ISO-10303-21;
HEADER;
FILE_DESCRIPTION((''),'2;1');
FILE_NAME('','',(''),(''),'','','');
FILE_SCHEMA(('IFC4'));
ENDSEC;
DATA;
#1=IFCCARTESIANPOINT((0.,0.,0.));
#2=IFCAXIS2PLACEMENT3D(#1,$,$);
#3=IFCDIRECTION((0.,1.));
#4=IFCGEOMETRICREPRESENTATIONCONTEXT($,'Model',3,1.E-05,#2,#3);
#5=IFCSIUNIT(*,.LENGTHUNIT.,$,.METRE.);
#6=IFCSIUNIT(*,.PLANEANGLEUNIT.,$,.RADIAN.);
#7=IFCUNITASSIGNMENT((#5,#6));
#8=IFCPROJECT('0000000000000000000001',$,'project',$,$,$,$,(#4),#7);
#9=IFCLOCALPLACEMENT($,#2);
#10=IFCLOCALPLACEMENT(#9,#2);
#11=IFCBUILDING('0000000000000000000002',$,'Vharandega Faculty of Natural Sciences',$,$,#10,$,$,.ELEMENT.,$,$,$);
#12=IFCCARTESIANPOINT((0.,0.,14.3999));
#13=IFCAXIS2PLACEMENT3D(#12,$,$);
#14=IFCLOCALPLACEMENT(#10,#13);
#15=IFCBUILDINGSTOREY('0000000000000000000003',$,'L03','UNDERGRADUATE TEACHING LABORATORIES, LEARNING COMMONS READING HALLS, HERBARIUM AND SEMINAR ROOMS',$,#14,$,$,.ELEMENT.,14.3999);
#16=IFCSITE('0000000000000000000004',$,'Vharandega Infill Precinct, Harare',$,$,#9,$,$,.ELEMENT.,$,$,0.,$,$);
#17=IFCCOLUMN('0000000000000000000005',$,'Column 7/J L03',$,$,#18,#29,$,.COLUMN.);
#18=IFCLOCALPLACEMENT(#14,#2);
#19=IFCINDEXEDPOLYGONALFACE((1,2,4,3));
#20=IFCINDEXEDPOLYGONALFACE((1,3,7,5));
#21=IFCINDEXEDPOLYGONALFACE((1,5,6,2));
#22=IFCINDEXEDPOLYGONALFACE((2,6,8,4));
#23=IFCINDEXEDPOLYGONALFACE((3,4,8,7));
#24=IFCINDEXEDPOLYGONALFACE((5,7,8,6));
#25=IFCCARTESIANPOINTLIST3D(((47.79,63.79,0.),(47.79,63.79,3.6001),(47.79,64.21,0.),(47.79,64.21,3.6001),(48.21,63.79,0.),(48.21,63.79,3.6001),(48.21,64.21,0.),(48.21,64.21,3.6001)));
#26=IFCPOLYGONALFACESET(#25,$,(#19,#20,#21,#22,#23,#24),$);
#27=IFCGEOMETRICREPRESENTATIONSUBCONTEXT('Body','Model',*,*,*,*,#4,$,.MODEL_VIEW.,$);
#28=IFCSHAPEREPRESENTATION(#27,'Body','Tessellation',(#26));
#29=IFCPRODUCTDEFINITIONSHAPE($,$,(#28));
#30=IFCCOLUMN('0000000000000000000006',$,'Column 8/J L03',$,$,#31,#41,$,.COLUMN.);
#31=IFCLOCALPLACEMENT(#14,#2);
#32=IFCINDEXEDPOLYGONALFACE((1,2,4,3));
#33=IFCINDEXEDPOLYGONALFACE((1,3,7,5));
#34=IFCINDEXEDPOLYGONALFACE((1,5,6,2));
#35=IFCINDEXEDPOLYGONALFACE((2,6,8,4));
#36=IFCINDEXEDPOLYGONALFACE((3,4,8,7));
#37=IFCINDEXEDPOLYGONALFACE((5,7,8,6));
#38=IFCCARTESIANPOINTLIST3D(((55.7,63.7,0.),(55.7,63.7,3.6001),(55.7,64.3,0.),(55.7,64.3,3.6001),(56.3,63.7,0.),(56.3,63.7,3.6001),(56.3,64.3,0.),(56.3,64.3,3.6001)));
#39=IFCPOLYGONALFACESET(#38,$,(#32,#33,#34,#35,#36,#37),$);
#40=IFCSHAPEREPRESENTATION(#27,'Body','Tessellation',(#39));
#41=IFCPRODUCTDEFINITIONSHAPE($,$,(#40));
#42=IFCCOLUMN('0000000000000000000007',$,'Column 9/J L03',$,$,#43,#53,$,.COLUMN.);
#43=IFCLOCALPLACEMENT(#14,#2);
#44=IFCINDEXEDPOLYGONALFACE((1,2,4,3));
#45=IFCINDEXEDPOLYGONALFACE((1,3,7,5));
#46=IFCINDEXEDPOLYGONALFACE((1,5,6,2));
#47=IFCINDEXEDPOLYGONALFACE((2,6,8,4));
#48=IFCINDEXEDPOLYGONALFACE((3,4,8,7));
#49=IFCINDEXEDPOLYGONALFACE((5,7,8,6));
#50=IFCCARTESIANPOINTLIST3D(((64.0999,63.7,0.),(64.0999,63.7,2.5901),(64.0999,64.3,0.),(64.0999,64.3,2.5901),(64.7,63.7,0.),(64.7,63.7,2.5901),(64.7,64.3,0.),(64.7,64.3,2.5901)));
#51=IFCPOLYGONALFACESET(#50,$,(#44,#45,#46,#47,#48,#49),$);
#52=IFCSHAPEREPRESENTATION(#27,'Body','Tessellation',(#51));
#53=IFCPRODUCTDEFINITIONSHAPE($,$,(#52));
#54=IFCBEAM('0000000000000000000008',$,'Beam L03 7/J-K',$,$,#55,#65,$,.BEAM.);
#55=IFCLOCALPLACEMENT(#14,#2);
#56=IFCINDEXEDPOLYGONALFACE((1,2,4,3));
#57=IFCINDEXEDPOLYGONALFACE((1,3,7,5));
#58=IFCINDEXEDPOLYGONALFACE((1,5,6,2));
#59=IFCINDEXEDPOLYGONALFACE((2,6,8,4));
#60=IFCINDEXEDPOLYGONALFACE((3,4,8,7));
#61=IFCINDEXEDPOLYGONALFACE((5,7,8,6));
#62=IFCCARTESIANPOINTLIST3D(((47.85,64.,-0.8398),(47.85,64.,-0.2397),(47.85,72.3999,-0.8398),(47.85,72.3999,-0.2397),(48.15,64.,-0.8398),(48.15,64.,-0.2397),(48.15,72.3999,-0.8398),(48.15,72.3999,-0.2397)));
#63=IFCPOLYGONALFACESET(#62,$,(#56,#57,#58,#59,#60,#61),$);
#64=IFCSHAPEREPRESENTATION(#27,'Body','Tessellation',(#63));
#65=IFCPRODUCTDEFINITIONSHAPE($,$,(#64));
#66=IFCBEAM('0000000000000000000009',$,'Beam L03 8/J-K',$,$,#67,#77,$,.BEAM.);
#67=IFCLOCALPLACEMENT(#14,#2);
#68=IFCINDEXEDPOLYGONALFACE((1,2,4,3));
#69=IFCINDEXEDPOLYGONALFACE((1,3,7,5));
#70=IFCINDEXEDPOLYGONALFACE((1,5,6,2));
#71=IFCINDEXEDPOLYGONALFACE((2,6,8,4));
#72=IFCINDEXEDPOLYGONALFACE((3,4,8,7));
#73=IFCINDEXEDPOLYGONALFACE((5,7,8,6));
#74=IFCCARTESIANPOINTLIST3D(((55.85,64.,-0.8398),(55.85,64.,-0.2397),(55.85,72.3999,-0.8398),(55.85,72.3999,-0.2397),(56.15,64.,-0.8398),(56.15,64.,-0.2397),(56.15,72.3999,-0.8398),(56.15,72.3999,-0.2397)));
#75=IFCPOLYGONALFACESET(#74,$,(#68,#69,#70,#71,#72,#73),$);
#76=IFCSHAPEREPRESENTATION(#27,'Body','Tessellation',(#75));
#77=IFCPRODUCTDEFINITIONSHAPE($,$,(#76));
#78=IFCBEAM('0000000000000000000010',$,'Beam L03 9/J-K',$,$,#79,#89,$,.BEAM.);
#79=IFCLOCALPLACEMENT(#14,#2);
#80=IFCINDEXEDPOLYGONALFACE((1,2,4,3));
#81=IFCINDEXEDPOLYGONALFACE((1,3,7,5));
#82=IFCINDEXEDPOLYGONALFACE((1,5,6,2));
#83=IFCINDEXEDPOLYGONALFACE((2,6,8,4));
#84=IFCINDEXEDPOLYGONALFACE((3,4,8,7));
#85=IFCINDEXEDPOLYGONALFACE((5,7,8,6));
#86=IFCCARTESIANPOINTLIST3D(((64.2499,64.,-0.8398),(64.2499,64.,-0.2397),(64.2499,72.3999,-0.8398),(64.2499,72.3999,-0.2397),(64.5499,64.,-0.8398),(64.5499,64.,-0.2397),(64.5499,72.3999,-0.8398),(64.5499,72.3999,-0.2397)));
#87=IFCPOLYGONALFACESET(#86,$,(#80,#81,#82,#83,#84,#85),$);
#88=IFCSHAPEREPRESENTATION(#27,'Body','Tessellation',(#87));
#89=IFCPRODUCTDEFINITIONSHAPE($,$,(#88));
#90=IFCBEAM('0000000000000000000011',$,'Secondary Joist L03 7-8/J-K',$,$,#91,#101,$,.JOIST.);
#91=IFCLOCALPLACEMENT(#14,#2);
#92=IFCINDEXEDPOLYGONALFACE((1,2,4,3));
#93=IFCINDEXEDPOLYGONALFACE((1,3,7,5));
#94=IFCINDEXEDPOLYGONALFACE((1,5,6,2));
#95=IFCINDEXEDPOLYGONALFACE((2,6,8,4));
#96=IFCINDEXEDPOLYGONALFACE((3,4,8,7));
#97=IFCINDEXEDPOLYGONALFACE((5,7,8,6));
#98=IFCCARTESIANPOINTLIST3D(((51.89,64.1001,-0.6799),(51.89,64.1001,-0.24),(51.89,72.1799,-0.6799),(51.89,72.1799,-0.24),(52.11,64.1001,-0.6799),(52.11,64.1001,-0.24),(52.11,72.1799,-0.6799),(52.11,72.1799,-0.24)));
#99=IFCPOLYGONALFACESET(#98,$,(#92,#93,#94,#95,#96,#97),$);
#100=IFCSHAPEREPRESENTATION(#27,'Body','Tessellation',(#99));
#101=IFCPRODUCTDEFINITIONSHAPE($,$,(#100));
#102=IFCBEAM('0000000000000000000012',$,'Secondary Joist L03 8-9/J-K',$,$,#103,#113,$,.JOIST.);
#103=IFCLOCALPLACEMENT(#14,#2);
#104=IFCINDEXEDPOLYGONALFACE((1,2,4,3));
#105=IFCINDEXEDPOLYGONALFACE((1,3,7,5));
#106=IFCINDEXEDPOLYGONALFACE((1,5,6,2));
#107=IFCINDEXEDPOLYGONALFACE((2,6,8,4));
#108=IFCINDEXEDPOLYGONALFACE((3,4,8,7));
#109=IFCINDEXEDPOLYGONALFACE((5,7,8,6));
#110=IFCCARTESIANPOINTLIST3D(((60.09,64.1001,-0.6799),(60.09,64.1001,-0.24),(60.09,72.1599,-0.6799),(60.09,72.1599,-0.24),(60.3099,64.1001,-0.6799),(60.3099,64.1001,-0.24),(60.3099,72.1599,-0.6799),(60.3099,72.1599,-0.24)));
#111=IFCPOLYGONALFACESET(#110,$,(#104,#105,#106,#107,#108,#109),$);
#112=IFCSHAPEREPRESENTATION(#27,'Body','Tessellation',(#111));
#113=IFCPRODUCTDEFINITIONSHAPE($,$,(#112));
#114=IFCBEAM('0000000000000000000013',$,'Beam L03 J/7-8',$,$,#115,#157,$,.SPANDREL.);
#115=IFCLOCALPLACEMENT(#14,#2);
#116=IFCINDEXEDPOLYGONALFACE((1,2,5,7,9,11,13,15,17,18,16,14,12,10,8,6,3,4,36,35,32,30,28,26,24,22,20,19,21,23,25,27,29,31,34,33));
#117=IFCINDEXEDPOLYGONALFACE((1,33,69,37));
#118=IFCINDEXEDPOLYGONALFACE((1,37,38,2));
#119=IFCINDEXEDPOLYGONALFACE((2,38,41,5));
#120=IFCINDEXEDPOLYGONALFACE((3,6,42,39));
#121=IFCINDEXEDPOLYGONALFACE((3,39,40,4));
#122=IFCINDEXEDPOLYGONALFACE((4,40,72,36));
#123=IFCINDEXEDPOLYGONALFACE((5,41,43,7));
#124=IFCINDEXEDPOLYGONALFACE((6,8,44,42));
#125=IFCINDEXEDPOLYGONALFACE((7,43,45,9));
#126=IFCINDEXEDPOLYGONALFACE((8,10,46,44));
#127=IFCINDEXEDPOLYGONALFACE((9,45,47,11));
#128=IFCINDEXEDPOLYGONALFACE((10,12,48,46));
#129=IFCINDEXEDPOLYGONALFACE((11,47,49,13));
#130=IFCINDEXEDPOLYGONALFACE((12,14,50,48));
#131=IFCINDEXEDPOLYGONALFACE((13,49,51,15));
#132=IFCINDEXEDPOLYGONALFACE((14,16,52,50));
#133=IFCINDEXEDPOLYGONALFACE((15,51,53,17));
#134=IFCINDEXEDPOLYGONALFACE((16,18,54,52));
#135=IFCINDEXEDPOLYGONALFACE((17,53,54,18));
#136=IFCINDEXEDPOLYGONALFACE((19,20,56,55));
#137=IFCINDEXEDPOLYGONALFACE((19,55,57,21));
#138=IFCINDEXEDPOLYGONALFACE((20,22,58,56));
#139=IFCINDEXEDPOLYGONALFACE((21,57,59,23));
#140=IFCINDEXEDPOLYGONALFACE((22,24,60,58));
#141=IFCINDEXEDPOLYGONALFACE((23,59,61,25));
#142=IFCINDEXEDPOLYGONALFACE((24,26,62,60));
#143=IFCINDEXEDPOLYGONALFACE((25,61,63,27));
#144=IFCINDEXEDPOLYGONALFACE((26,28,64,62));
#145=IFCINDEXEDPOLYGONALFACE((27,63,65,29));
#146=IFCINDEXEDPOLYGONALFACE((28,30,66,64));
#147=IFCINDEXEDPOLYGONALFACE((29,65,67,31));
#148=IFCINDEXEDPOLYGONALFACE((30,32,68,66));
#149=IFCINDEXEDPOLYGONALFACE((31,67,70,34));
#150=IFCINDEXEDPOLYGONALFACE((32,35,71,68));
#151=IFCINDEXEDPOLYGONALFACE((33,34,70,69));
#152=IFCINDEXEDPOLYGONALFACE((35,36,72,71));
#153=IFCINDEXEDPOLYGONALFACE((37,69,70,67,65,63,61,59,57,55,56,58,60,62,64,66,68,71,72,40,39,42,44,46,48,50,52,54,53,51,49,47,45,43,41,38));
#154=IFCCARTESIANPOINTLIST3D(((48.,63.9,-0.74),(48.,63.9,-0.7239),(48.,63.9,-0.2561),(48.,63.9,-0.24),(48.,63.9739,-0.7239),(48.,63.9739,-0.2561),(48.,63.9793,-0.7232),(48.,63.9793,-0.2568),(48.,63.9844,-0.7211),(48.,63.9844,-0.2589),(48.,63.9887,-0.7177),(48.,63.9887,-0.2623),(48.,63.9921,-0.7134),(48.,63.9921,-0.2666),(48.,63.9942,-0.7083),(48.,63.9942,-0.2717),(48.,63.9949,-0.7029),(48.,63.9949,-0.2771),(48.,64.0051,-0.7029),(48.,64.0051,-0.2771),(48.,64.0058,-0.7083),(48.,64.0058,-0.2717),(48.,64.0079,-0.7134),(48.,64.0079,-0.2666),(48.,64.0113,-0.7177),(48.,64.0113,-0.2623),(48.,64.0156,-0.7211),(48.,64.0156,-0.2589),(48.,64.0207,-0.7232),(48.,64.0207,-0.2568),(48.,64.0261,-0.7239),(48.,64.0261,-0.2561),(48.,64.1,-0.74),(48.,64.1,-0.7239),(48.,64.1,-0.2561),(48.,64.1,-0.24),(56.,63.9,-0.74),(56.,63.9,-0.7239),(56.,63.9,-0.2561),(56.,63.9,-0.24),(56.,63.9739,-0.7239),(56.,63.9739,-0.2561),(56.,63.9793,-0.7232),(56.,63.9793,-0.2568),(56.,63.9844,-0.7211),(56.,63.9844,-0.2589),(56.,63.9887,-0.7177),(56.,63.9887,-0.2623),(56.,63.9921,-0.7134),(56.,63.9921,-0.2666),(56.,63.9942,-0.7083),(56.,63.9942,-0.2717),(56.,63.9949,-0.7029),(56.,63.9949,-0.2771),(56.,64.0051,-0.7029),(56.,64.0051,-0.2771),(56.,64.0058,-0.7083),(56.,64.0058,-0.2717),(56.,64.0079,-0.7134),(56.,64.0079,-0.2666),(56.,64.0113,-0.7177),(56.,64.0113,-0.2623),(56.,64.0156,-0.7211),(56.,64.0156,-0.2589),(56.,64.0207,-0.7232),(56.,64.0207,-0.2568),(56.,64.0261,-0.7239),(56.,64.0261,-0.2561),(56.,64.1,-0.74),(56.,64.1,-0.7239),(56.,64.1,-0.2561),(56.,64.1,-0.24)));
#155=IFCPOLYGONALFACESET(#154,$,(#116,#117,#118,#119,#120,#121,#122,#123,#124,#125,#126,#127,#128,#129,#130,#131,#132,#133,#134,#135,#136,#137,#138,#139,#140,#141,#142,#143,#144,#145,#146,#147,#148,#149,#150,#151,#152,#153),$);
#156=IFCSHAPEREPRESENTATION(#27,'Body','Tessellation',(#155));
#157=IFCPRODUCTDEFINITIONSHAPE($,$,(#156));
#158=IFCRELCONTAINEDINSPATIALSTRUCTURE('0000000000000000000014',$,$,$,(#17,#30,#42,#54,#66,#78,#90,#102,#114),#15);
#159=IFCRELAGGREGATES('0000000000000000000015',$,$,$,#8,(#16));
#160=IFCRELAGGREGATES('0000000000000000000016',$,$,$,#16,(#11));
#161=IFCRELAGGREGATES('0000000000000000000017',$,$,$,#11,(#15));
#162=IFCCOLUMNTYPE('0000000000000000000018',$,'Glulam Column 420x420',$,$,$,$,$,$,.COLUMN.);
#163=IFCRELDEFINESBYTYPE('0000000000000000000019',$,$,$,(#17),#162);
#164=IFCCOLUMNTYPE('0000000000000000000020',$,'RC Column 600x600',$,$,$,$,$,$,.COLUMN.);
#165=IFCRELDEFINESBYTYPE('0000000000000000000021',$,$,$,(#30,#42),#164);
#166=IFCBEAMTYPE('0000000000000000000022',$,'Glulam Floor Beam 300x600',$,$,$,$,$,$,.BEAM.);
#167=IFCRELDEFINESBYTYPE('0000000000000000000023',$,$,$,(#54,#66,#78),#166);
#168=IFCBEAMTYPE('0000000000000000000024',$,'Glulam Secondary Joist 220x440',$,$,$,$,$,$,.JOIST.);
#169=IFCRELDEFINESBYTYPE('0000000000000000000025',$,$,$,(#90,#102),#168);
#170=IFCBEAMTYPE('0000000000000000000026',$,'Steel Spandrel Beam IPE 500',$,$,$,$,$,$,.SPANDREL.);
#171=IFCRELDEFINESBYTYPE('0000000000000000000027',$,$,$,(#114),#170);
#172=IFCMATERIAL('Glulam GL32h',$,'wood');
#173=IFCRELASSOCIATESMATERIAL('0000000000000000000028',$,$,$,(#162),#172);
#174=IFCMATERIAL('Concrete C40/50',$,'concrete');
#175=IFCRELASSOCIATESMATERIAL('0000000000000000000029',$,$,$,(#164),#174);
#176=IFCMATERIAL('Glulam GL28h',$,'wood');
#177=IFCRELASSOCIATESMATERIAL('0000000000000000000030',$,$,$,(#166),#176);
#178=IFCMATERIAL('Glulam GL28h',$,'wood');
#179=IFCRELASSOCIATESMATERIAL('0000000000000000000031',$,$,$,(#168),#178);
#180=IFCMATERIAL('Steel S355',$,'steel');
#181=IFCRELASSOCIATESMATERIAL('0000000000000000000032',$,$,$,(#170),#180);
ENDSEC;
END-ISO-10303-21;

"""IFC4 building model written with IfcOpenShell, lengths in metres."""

from ifc_helpers import new_model, si_unit, direction, frame, origin, origin_2d, place, context, subcontext, project, spatial, rectangle, i_section, extrude, material, material_profile, profile_set, type_object, element, save


model = new_model("IFC4")

# Units and contexts
model_context = context("Model", 3, precision=1e-05, world=origin(), true_north=direction((0.0, 1.0)))
body_context = subcontext(model_context, "Body", "Model", "MODEL_VIEW")
ifc_project = project(units=[si_unit("LENGTHUNIT", "METRE"), si_unit("PLANEANGLEUNIT", "RADIAN")], contexts=[model_context])

# Site, building, storey
site_placement = place(None, origin())
site = spatial("IfcSite", under=ifc_project, at=site_placement, Name="Vharandega Infill Precinct, Harare", CompositionType="ELEMENT", RefElevation=0.0)
building_placement = place(site_placement, origin())
building = spatial("IfcBuilding", under=site, at=building_placement, Name="Vharandega Faculty of Natural Sciences", CompositionType="ELEMENT")
storey_placement = place(building_placement, frame((0.0, 0.0, 14.3999)))
storey = spatial("IfcBuildingStorey", under=building, at=storey_placement, Name="L03", Description="UNDERGRADUATE TEACHING LABORATORIES, LEARNING COMMONS READING HALLS, HERBARIUM AND SEMINAR ROOMS", CompositionType="ELEMENT", Elevation=14.3999)

# Columns
ifc_material_1 = material(Name="Glulam GL32h", Category="wood")
ifc_material_profile_1 = material_profile(ifc_material_1, rectangle(XDim=0.4199, YDim=0.4199, at=origin_2d()), Name="GL32h 420x420")
ifc_profile_set_1 = profile_set([ifc_material_profile_1], Name="Glulam GL32h")
column_type_1 = type_object("IfcColumnType", Name="Glulam Column 420x420", PredefinedType="COLUMN", material=ifc_profile_set_1)
column_1_placement = place(storey_placement, frame((48.0, 64.0, 0.0), z_axis=(0.0, 0.0, 1.0), x_axis=(1.0, 0.0, 0.0)))
element("IfcColumn", 1, at=column_1_placement, inside=storey, type_object=column_type_1, Name="Column 7/J L03", PredefinedType="COLUMN", context=body_context, shape_type="SweptSolid", body=[
    extrude(rectangle(XDim=0.4199, YDim=0.4199, at=origin_2d()), origin(), (0.0, 0.0, 1.0), 3.6001),
])
ifc_material_2 = material(Name="Concrete C40/50", Category="concrete")
ifc_material_profile_2 = material_profile(ifc_material_2, rectangle(XDim=0.6001, YDim=0.6001, at=origin_2d()), Name="RC 600x600")
ifc_profile_set_2 = profile_set([ifc_material_profile_2], Name="Concrete C40/50")
column_type_2 = type_object("IfcColumnType", Name="RC Column 600x600", PredefinedType="COLUMN", material=ifc_profile_set_2)
column_2_placement = place(storey_placement, frame((56.0, 64.0, 0.0), z_axis=(0.0, 0.0, 1.0), x_axis=(1.0, 0.0, 0.0)))
element("IfcColumn", 2, at=column_2_placement, inside=storey, type_object=column_type_2, Name="Column 8/J L03", PredefinedType="COLUMN", context=body_context, shape_type="SweptSolid", body=[
    extrude(rectangle(XDim=0.6001, YDim=0.6001, at=origin_2d()), origin(), (0.0, 0.0, 1.0), 3.6001),
])
column_3_placement = place(storey_placement, frame((64.3999, 64.0, 0.0), z_axis=(0.0, 0.0, 1.0), x_axis=(1.0, 0.0, 0.0)))
element("IfcColumn", 3, at=column_3_placement, inside=storey, type_object=column_type_2, Name="Column 9/J L03", PredefinedType="COLUMN", context=body_context, shape_type="SweptSolid", body=[
    extrude(rectangle(XDim=0.6001, YDim=0.6001, at=origin_2d()), origin(), (0.0, 0.0, 1.0), 2.5901),
])

# Beams
ifc_material_3 = material(Name="Glulam GL28h", Category="wood")
ifc_material_profile_3 = material_profile(ifc_material_3, rectangle(XDim=0.3, YDim=0.6001, at=origin_2d()), Name="GL28h 300x600")
ifc_profile_set_3 = profile_set([ifc_material_profile_3], Name="Glulam GL28h")
beam_type_1 = type_object("IfcBeamType", Name="Glulam Floor Beam 300x600", PredefinedType="BEAM", material=ifc_profile_set_3)
for number, where, z_axis, x_axis, name in (
    (4, (48.0, 64.0, -0.5398), (0.0, 1.0, 0.0), (-1.0, 0.0, 0.0), "Beam L03 7/J-K"),
    (5, (56.0, 64.0, -0.5398), (0.0, 1.0, 0.0), (-1.0, 0.0, 0.0), "Beam L03 8/J-K"),
    (6, (64.3999, 64.0, -0.5398), (0.0, 1.0, 0.0), (-1.0, 0.0, 0.0), "Beam L03 9/J-K"),
):
    element("IfcBeam", number, at=place(storey_placement, frame(where, z_axis=z_axis, x_axis=x_axis)), inside=storey, type_object=beam_type_1, Name=name, PredefinedType="BEAM", context=body_context, shape_type="SweptSolid", body=[
        extrude(rectangle(XDim=0.3, YDim=0.6001, at=origin_2d()), origin(), (0.0, 0.0, 1.0), 8.3999),
    ])
ifc_material_4 = material(Name="Glulam GL28h", Category="wood")
ifc_material_profile_4 = material_profile(ifc_material_4, rectangle(XDim=0.22, YDim=0.4399, at=origin_2d()), Name="GL28h 220x440")
ifc_profile_set_4 = profile_set([ifc_material_profile_4], Name="Glulam GL28h")
beam_type_2 = type_object("IfcBeamType", Name="Glulam Secondary Joist 220x440", PredefinedType="JOIST", material=ifc_profile_set_4)
beam_1_placement = place(storey_placement, frame((52.0, 64.1001, -0.46), z_axis=(0.0, 1.0, 0.0), x_axis=(-1.0, 0.0, 0.0)))
element("IfcBeam", 7, at=beam_1_placement, inside=storey, type_object=beam_type_2, Name="Secondary Joist L03 7-8/J-K", PredefinedType="JOIST", context=body_context, shape_type="SweptSolid", body=[
    extrude(rectangle(XDim=0.22, YDim=0.4399, at=origin_2d()), origin(), (0.0, 0.0, 1.0), 8.0798),
])
beam_2_placement = place(storey_placement, frame((60.2, 64.1001, -0.46), z_axis=(0.0, 1.0, 0.0), x_axis=(-1.0, 0.0, 0.0)))
element("IfcBeam", 8, at=beam_2_placement, inside=storey, type_object=beam_type_2, Name="Secondary Joist L03 8-9/J-K", PredefinedType="JOIST", context=body_context, shape_type="SweptSolid", body=[
    extrude(rectangle(XDim=0.22, YDim=0.4399, at=origin_2d()), origin(), (0.0, 0.0, 1.0), 8.0598),
])
ifc_material_5 = material(Name="Steel S355", Category="steel")
ifc_material_profile_5 = material_profile(ifc_material_5, i_section(OverallWidth=0.2, OverallDepth=0.5, WebThickness=0.0103, FlangeThickness=0.0161, FilletRadius=0.021, at=origin_2d()), Name="IPE 500")
ifc_profile_set_5 = profile_set([ifc_material_profile_5], Name="Steel S355")
beam_type_3 = type_object("IfcBeamType", Name="Steel Spandrel Beam IPE 500", PredefinedType="SPANDREL", material=ifc_profile_set_5)
beam_3_placement = place(storey_placement, frame((48.0, 64.0, -0.49), z_axis=(1.0, 0.0, 0.0), x_axis=(0.0, 1.0, 0.0)))
element("IfcBeam", 9, at=beam_3_placement, inside=storey, type_object=beam_type_3, Name="Beam L03 J/7-8", PredefinedType="SPANDREL", context=body_context, shape_type="SweptSolid", body=[
    extrude(i_section(OverallWidth=0.2, OverallDepth=0.5, WebThickness=0.0103, FlangeThickness=0.0161, FilletRadius=0.021, at=origin_2d()), origin(), (0.0, 0.0, 1.0), 8.0),
])

save(model, "model.ifc")
